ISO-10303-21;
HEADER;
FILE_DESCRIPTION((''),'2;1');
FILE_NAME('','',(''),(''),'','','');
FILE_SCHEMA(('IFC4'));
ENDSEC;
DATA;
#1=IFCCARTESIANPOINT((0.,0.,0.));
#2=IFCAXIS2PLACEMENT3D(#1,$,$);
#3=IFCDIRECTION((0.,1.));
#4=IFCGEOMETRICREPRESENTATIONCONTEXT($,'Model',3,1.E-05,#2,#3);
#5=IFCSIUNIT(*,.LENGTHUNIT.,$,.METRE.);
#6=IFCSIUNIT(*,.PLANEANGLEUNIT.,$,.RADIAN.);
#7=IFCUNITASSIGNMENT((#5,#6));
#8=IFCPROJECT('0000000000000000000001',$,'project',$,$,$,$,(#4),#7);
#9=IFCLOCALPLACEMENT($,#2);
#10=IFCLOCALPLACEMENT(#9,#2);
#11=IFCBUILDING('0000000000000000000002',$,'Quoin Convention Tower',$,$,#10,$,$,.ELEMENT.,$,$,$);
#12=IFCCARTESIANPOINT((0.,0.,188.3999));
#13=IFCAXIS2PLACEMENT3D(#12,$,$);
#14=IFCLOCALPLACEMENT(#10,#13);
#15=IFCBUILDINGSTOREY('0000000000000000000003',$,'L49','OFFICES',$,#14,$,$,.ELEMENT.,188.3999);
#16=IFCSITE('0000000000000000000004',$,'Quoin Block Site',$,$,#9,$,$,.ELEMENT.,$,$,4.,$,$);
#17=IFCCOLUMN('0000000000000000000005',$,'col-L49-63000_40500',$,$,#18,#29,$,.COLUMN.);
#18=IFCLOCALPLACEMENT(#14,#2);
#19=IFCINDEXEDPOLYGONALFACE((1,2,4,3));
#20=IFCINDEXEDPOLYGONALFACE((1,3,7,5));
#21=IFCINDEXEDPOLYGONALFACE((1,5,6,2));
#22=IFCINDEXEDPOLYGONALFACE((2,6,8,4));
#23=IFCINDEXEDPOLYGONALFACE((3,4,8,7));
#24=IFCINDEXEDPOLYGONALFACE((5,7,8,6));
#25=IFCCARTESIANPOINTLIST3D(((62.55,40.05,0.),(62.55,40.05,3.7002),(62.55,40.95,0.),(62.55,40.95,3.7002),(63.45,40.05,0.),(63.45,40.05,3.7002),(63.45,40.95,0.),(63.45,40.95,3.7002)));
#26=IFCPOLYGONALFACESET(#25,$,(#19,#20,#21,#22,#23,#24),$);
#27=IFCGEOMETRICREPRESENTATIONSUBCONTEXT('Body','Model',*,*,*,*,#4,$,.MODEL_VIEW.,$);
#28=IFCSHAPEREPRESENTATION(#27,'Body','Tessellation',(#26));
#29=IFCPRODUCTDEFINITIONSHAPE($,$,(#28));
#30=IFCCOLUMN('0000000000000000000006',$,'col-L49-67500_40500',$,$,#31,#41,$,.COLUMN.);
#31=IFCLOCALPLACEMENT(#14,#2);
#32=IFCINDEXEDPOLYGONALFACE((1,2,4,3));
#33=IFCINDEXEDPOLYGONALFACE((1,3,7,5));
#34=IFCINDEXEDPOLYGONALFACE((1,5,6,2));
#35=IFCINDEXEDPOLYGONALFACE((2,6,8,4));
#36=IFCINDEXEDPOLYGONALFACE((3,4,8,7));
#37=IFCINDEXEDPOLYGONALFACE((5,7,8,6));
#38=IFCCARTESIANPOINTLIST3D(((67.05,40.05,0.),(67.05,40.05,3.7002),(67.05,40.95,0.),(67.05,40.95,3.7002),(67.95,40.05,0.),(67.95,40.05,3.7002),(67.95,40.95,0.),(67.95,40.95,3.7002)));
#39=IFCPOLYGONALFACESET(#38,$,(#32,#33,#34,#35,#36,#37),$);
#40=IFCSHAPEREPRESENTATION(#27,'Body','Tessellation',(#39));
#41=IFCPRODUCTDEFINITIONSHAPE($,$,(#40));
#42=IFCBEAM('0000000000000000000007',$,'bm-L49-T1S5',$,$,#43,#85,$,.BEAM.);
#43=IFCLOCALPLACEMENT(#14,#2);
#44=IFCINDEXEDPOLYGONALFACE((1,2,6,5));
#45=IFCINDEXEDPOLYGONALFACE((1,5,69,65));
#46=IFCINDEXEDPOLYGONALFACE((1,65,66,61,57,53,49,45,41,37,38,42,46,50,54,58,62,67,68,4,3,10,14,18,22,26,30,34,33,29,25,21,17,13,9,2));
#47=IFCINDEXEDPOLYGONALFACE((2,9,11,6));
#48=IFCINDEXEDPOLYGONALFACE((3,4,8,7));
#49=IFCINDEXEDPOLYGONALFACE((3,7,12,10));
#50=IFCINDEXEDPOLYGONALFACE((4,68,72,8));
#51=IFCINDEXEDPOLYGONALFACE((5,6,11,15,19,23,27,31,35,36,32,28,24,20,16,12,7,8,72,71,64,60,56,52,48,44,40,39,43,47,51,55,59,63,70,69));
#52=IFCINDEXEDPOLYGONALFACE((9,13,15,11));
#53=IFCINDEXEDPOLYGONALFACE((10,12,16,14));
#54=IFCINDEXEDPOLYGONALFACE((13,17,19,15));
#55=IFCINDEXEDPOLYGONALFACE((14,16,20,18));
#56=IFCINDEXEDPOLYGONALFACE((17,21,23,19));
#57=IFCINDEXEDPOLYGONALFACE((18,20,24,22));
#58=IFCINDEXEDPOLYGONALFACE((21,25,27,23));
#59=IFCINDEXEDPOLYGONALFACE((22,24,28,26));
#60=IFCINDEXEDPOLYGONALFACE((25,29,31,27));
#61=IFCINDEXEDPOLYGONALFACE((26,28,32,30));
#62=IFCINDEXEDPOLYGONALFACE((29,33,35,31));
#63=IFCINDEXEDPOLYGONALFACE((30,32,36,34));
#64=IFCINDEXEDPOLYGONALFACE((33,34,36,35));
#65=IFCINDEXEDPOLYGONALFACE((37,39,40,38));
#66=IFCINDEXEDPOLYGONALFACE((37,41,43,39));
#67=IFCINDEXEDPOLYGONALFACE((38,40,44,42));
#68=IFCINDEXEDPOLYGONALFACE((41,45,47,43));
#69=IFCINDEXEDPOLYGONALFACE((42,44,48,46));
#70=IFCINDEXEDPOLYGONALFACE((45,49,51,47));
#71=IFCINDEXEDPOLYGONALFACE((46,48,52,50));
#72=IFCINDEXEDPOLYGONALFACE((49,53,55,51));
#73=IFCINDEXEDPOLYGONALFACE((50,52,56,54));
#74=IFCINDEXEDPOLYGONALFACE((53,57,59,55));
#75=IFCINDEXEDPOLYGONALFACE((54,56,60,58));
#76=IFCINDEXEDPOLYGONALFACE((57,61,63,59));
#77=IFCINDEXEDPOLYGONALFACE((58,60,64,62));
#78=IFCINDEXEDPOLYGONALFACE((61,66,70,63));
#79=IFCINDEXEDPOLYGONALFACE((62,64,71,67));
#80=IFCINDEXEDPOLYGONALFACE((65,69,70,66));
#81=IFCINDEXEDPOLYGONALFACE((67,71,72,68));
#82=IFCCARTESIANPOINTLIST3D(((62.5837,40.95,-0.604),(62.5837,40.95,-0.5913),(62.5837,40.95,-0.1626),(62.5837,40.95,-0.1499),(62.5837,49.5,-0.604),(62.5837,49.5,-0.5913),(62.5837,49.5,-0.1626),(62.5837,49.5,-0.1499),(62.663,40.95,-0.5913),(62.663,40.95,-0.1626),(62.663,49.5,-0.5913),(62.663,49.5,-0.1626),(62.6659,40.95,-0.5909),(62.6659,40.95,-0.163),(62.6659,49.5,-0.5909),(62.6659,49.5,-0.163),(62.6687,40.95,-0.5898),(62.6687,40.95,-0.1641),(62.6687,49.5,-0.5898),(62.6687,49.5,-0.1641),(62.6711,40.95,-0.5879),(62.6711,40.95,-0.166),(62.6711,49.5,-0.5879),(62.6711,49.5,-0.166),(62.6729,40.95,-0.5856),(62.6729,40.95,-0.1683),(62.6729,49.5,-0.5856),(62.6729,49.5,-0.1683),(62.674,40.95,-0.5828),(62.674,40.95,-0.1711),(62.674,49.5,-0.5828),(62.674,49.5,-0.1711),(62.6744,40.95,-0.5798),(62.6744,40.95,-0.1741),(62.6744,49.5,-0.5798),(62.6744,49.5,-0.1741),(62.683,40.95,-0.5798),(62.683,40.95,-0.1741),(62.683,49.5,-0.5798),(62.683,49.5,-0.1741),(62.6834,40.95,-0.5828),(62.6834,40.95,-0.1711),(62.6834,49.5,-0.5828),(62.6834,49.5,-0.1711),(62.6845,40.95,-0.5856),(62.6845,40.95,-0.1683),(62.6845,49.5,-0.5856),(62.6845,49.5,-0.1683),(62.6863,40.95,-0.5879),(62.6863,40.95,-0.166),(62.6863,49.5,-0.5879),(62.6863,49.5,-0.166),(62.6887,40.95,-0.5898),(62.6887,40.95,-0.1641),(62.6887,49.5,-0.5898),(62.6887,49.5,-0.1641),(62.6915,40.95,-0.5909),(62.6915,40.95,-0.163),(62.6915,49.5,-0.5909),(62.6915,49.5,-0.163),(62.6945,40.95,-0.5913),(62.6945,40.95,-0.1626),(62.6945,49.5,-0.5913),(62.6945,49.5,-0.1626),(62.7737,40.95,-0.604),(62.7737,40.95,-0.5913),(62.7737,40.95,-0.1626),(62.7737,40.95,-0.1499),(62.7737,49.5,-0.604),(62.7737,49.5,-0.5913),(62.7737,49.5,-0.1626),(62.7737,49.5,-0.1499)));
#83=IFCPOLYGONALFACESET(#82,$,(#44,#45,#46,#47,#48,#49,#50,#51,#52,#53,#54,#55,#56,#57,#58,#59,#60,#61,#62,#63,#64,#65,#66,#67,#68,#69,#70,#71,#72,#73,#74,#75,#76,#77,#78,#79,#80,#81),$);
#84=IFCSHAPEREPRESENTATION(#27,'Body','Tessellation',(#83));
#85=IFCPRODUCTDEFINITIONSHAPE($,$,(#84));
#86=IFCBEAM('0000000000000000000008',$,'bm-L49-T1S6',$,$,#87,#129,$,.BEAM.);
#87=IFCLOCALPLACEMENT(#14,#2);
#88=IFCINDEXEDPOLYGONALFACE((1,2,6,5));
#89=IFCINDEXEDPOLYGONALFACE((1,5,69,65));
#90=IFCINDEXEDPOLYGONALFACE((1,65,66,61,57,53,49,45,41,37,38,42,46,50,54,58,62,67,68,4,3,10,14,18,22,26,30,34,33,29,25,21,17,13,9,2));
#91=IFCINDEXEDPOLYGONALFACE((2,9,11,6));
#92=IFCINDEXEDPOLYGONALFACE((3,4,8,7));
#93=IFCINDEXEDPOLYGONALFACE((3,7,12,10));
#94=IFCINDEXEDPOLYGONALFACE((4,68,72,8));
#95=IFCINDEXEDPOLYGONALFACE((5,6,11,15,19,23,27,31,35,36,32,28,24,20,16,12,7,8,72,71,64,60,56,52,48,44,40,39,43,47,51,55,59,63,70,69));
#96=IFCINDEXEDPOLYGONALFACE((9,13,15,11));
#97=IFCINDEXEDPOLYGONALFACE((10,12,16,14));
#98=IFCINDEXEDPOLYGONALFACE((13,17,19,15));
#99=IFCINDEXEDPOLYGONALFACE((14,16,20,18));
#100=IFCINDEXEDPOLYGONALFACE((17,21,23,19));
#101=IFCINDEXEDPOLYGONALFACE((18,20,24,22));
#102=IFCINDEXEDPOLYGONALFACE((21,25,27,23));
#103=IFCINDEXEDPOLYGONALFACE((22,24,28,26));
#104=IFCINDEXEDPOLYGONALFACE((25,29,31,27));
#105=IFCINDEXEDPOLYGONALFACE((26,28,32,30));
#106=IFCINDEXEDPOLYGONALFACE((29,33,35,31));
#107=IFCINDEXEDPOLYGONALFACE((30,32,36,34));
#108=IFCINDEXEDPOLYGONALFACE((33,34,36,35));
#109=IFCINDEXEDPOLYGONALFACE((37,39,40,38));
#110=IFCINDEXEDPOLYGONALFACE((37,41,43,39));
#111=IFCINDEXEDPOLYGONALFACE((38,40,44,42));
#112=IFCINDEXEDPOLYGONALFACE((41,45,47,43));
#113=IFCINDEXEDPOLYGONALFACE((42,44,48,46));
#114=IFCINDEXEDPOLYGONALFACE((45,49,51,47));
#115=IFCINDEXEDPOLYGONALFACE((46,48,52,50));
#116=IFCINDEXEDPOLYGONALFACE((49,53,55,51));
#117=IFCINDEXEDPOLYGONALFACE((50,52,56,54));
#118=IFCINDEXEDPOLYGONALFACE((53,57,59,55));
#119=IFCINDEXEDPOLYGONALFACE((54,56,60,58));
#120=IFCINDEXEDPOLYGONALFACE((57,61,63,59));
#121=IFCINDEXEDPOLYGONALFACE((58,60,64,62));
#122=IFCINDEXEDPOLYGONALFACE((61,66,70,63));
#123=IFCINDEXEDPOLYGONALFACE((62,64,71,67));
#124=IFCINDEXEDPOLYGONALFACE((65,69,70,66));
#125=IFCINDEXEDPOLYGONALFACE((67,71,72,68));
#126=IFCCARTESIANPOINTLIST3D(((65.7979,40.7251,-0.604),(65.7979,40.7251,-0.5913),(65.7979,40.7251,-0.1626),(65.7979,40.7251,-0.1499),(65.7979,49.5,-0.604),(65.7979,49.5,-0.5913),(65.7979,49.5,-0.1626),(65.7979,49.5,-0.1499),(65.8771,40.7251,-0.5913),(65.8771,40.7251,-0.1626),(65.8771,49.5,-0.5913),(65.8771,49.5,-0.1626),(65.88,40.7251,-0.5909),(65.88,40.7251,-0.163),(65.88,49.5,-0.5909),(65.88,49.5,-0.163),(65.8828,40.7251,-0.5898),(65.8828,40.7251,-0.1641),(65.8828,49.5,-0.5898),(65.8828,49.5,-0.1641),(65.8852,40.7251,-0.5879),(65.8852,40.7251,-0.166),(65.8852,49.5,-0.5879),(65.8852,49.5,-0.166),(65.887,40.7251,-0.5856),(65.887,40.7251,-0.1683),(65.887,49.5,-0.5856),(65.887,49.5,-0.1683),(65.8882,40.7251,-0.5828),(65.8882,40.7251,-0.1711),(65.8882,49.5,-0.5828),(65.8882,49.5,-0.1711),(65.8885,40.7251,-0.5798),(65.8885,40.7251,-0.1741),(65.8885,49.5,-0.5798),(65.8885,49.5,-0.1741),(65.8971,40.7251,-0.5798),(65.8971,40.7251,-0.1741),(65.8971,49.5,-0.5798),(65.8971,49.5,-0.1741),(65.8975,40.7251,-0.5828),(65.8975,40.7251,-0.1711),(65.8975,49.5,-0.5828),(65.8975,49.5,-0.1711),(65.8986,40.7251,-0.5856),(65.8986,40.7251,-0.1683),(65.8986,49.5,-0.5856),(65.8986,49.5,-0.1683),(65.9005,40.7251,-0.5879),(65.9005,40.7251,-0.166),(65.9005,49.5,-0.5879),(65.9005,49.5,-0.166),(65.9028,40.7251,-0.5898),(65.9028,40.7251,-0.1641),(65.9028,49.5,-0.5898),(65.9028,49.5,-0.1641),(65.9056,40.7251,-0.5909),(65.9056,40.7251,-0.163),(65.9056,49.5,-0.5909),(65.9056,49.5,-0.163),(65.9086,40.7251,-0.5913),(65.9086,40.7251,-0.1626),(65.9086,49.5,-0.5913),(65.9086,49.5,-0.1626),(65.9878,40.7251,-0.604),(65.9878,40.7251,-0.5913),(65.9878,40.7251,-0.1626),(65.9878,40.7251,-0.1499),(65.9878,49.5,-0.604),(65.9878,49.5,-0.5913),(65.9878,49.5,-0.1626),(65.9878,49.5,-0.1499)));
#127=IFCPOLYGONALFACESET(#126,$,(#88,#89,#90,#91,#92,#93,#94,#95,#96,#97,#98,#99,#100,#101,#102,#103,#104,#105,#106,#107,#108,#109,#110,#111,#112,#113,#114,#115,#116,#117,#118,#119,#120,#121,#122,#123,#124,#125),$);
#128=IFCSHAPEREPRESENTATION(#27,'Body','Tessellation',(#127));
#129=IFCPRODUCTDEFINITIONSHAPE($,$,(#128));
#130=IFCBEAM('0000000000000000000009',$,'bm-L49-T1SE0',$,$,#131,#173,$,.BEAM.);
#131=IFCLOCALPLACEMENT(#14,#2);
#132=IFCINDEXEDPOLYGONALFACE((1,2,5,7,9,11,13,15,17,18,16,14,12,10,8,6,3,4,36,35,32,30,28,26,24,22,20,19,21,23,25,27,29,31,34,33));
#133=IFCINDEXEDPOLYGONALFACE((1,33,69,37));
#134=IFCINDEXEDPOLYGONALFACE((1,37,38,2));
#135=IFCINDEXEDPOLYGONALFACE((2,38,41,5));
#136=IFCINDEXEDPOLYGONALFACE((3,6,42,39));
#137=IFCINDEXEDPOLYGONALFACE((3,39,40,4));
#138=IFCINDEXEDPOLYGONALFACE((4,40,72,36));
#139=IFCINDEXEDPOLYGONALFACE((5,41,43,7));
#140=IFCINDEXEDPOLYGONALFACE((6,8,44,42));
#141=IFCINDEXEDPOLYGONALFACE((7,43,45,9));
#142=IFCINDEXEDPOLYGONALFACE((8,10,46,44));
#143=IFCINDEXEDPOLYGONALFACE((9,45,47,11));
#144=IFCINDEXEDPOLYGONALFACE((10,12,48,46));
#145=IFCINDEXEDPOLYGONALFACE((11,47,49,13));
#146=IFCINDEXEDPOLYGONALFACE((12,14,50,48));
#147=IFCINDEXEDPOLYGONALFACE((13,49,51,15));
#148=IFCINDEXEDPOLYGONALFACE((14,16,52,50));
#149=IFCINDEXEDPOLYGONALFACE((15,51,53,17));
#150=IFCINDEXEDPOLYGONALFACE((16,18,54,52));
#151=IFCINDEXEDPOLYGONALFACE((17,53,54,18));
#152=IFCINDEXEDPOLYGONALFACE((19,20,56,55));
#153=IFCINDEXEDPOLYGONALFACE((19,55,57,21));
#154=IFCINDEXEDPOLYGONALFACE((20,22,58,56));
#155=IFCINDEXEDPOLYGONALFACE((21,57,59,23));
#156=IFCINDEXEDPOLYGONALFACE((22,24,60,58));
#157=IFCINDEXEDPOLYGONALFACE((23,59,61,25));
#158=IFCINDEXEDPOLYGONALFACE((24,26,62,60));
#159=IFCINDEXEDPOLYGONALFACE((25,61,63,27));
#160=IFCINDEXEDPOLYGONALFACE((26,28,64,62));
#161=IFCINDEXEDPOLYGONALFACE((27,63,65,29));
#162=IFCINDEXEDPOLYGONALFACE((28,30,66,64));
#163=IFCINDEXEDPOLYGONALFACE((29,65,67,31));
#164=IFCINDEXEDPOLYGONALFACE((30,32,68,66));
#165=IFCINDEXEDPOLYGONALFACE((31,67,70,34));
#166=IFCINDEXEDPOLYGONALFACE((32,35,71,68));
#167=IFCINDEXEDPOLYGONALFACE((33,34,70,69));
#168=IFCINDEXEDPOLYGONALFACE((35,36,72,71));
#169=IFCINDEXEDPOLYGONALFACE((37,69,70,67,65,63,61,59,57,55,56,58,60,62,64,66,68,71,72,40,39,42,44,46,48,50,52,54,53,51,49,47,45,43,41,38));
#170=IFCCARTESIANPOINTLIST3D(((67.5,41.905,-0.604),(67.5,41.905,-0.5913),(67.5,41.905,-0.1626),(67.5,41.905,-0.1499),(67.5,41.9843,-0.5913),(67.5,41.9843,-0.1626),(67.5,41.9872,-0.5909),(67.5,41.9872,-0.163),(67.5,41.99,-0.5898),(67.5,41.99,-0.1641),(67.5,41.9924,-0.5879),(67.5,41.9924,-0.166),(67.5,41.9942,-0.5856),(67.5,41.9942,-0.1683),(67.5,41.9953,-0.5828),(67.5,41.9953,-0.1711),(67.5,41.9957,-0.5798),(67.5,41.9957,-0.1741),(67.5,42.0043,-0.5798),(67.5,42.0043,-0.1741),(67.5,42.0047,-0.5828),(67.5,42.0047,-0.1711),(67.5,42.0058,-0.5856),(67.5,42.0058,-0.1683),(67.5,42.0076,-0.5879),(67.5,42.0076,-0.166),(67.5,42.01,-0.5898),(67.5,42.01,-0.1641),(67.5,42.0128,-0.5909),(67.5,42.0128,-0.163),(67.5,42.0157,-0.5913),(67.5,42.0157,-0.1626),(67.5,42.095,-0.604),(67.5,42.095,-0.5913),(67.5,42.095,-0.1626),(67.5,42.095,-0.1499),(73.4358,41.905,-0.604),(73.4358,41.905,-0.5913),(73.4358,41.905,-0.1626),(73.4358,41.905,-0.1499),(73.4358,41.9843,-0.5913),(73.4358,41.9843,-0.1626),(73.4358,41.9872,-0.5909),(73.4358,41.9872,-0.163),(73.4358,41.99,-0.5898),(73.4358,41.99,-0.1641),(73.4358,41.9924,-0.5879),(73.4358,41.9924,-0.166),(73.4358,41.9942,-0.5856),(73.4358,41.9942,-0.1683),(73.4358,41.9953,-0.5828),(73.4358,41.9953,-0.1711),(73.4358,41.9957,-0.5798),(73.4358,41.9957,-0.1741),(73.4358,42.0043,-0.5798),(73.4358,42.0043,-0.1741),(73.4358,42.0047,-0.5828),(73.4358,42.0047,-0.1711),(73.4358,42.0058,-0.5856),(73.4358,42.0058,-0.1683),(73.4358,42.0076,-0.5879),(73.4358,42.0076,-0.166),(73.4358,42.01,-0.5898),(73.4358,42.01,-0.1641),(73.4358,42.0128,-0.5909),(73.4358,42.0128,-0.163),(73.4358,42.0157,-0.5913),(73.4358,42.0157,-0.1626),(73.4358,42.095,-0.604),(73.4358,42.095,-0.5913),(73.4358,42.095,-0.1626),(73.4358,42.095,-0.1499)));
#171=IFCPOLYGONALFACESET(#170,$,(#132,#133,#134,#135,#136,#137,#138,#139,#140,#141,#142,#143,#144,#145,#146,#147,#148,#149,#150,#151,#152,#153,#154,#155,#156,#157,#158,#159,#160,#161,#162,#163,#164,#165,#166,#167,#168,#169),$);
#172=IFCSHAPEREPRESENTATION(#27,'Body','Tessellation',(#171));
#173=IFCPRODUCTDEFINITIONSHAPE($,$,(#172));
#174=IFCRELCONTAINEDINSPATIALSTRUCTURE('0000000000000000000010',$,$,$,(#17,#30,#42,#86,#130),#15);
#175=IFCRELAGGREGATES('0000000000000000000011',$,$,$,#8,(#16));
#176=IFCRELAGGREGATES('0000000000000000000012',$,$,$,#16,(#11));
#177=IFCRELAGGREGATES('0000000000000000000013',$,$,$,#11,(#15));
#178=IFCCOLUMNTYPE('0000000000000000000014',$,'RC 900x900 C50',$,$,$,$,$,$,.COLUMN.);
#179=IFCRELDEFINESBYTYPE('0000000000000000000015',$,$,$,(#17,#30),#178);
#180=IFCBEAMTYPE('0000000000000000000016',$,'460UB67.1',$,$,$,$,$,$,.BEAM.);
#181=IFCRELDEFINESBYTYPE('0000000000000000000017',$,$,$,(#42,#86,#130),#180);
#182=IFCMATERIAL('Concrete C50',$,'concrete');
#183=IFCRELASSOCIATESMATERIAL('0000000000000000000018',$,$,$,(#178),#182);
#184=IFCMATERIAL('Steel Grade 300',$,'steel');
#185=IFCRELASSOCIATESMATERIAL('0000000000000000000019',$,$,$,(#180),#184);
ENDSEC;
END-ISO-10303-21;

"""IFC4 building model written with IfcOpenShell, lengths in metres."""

from ifc_helpers import new_model, si_unit, direction, frame, origin, origin_2d, place, context, subcontext, project, spatial, rectangle, i_section, extrude, material, material_profile, profile_set, type_object, element, save


model = new_model("IFC4")

# Units and contexts
model_context = context("Model", 3, precision=1e-05, world=origin(), true_north=direction((0.0, 1.0)))
body_context = subcontext(model_context, "Body", "Model", "MODEL_VIEW")
ifc_project = project(units=[si_unit("LENGTHUNIT", "METRE"), si_unit("PLANEANGLEUNIT", "RADIAN")], contexts=[model_context])

# Site, building, storey
site_placement = place(None, origin())
site = spatial("IfcSite", under=ifc_project, at=site_placement, Name="Quoin Block Site", CompositionType="ELEMENT", RefElevation=4.0)
building_placement = place(site_placement, origin())
building = spatial("IfcBuilding", under=site, at=building_placement, Name="Quoin Convention Tower", CompositionType="ELEMENT")
storey_placement = place(building_placement, frame((0.0, 0.0, 188.3999)))
storey = spatial("IfcBuildingStorey", under=building, at=storey_placement, Name="L49", Description="OFFICES", CompositionType="ELEMENT", Elevation=188.3999)

# Columns
ifc_material_1 = material(Name="Concrete C50", Category="concrete")
ifc_material_profile_1 = material_profile(ifc_material_1, rectangle(XDim=0.8999, YDim=0.8999, at=origin_2d()), Name="RC 900x900")
ifc_profile_set_1 = profile_set([ifc_material_profile_1], Name="Concrete C50")
column_type = type_object("IfcColumnType", Name="RC 900x900 C50", PredefinedType="COLUMN", material=ifc_profile_set_1)
for number, where, z_axis, x_axis, name in (
    (1, (63.0, 40.5, 0.0), (0.0, 0.0, 1.0), (1.0, 0.0, 0.0), "col-L49-63000_40500"),
    (2, (67.5, 40.5, 0.0), (0.0, 0.0, 1.0), (1.0, 0.0, 0.0), "col-L49-67500_40500"),
):
    element("IfcColumn", number, at=place(storey_placement, frame(where, z_axis=z_axis, x_axis=x_axis)), inside=storey, type_object=column_type, Name=name, PredefinedType="COLUMN", context=body_context, shape_type="SweptSolid", body=[
        extrude(rectangle(XDim=0.8999, YDim=0.8999, at=origin_2d()), origin(), (0.0, 0.0, 1.0), 3.7002),
    ])

# Beams
ifc_material_2 = material(Name="Steel Grade 300", Category="steel")
ifc_material_profile_2 = material_profile(ifc_material_2, i_section(OverallWidth=0.1899, OverallDepth=0.4541, WebThickness=0.0085, FlangeThickness=0.0127, FilletRadius=0.0115, at=origin_2d()), Name="460UB67.1")
ifc_profile_set_2 = profile_set([ifc_material_profile_2], Name="Steel Grade 300")
beam_type_1 = type_object("IfcBeamType", Name="460UB67.1", PredefinedType="BEAM", material=ifc_profile_set_2)
beam_1_placement = place(storey_placement, frame((62.6787, 40.95, -0.377), z_axis=(0.0, 1.0, 0.0), x_axis=(-1.0, 0.0, 0.0)))
element("IfcBeam", 3, at=beam_1_placement, inside=storey, type_object=beam_type_1, Name="bm-L49-T1S5", PredefinedType="BEAM", context=body_context, shape_type="SweptSolid", body=[
    extrude(i_section(OverallWidth=0.1899, OverallDepth=0.4541, WebThickness=0.0085, FlangeThickness=0.0127, FilletRadius=0.0115, at=origin_2d()), origin(), (0.0, 0.0, 1.0), 8.55),
])
beam_2_placement = place(storey_placement, frame((65.8928, 40.7251, -0.377), z_axis=(0.0, 1.0, 0.0), x_axis=(-1.0, 0.0, 0.0)))
element("IfcBeam", 4, at=beam_2_placement, inside=storey, type_object=beam_type_1, Name="bm-L49-T1S6", PredefinedType="BEAM", context=body_context, shape_type="SweptSolid", body=[
    extrude(i_section(OverallWidth=0.1899, OverallDepth=0.4541, WebThickness=0.0085, FlangeThickness=0.0127, FilletRadius=0.0115, at=origin_2d()), origin(), (0.0, 0.0, 1.0), 8.7749),
])
beam_3_placement = place(storey_placement, frame((67.5, 42.0, -0.377), z_axis=(1.0, 0.0, 0.0), x_axis=(0.0, 1.0, 0.0)))
element("IfcBeam", 5, at=beam_3_placement, inside=storey, type_object=beam_type_1, Name="bm-L49-T1SE0", PredefinedType="BEAM", context=body_context, shape_type="SweptSolid", body=[
    extrude(i_section(OverallWidth=0.1899, OverallDepth=0.4541, WebThickness=0.0085, FlangeThickness=0.0127, FilletRadius=0.0115, at=origin_2d()), origin(), (0.0, 0.0, 1.0), 5.9358),
])

save(model, "model.ifc")
